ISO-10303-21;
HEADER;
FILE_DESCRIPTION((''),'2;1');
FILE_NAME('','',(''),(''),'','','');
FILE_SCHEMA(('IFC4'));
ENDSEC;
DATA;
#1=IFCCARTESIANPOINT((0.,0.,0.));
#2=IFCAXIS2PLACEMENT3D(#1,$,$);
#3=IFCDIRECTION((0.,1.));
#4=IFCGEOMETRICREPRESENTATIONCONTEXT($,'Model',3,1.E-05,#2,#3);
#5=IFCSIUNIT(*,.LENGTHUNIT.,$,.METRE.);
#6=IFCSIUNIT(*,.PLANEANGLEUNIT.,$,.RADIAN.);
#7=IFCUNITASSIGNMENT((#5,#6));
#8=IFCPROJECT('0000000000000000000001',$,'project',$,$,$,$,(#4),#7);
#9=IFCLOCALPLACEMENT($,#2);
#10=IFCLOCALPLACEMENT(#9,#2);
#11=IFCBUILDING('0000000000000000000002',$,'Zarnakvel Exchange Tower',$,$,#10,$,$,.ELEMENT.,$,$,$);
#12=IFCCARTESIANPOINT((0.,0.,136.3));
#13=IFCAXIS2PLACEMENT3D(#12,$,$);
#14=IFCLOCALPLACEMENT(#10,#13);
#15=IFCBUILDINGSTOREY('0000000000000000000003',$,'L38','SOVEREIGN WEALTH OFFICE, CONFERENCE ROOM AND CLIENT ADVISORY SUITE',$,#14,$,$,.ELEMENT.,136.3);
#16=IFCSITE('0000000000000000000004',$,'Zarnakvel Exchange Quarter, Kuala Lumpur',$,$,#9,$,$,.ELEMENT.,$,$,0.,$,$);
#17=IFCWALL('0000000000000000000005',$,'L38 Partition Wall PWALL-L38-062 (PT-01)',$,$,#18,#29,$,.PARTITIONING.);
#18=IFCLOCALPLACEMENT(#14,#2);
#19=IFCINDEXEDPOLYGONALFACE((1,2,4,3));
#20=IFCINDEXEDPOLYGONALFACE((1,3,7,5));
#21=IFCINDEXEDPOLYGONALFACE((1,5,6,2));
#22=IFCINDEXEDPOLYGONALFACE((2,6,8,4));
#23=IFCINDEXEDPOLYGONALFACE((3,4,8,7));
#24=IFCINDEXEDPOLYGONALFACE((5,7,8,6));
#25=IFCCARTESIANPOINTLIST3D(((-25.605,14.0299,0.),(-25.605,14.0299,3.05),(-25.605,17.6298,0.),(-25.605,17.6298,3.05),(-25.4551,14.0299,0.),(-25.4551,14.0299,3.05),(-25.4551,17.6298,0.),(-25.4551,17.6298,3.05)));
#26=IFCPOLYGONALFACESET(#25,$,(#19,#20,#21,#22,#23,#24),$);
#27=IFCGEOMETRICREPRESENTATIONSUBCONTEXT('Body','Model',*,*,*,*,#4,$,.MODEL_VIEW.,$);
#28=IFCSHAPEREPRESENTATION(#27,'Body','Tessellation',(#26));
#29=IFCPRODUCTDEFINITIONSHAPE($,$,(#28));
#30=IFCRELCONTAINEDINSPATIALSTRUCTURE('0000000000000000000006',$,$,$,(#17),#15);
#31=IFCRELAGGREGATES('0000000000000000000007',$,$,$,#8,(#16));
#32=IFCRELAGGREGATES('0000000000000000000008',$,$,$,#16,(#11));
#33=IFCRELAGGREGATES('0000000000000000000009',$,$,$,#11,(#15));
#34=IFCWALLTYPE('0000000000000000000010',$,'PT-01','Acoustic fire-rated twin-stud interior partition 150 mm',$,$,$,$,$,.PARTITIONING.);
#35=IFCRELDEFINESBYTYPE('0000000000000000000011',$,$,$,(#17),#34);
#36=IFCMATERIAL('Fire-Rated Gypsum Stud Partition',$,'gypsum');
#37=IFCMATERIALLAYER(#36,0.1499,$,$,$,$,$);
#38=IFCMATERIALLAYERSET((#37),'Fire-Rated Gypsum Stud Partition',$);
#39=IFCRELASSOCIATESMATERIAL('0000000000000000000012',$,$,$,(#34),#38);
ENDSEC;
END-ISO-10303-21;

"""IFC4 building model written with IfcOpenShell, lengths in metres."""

from ifc_helpers import new_model, si_unit, direction, frame, frame_2d, origin, place, context, subcontext, project, spatial, rectangle, extrude, material, layer, layer_set, type_object, element, save


model = new_model("IFC4")

# Units and contexts
model_context = context("Model", 3, precision=1e-05, world=origin(), true_north=direction((0.0, 1.0)))
body_context = subcontext(model_context, "Body", "Model", "MODEL_VIEW")
ifc_project = project(units=[si_unit("LENGTHUNIT", "METRE"), si_unit("PLANEANGLEUNIT", "RADIAN")], contexts=[model_context])

# Site, building, storey
site_placement = place(None, origin())
site = spatial("IfcSite", under=ifc_project, at=site_placement, Name="Zarnakvel Exchange Quarter, Kuala Lumpur", CompositionType="ELEMENT", RefElevation=0.0)
building_placement = place(site_placement, origin())
building = spatial("IfcBuilding", under=site, at=building_placement, Name="Zarnakvel Exchange Tower", CompositionType="ELEMENT")
storey_placement = place(building_placement, frame((0.0, 0.0, 136.3)))
storey = spatial("IfcBuildingStorey", under=building, at=storey_placement, Name="L38", Description="SOVEREIGN WEALTH OFFICE, CONFERENCE ROOM AND CLIENT ADVISORY SUITE", CompositionType="ELEMENT", Elevation=136.3)

# Shared definitions
ifc_material_1 = material(Name="Fire-Rated Gypsum Stud Partition", Category="gypsum")
ifc_layer_1 = layer(ifc_material_1, 0.1499)
ifc_layer_set_1 = layer_set([ifc_layer_1], Name="Fire-Rated Gypsum Stud Partition")
wall_type_1 = type_object("IfcWallType", Name="PT-01", Description="Acoustic fire-rated twin-stud interior partition 150 mm", PredefinedType="PARTITIONING", material=ifc_layer_set_1)

# Wall
wall_1_placement = place(storey_placement, frame((-25.53, 14.03, 0.0), z_axis=(0.0, 0.0, 1.0), x_axis=(0.0, 1.0, 0.0)))
element("IfcWall", 1, at=wall_1_placement, inside=storey, type_object=wall_type_1, Name="L38 Partition Wall PWALL-L38-062 (PT-01)", PredefinedType="PARTITIONING", context=body_context, shape_type="SweptSolid", body=[
    extrude(rectangle(XDim=3.5999, YDim=0.1499, at=frame_2d((1.7998, 0.0))), origin(), (0.0, 0.0, 1.0), 3.05),
])

save(model, "model.ifc")
